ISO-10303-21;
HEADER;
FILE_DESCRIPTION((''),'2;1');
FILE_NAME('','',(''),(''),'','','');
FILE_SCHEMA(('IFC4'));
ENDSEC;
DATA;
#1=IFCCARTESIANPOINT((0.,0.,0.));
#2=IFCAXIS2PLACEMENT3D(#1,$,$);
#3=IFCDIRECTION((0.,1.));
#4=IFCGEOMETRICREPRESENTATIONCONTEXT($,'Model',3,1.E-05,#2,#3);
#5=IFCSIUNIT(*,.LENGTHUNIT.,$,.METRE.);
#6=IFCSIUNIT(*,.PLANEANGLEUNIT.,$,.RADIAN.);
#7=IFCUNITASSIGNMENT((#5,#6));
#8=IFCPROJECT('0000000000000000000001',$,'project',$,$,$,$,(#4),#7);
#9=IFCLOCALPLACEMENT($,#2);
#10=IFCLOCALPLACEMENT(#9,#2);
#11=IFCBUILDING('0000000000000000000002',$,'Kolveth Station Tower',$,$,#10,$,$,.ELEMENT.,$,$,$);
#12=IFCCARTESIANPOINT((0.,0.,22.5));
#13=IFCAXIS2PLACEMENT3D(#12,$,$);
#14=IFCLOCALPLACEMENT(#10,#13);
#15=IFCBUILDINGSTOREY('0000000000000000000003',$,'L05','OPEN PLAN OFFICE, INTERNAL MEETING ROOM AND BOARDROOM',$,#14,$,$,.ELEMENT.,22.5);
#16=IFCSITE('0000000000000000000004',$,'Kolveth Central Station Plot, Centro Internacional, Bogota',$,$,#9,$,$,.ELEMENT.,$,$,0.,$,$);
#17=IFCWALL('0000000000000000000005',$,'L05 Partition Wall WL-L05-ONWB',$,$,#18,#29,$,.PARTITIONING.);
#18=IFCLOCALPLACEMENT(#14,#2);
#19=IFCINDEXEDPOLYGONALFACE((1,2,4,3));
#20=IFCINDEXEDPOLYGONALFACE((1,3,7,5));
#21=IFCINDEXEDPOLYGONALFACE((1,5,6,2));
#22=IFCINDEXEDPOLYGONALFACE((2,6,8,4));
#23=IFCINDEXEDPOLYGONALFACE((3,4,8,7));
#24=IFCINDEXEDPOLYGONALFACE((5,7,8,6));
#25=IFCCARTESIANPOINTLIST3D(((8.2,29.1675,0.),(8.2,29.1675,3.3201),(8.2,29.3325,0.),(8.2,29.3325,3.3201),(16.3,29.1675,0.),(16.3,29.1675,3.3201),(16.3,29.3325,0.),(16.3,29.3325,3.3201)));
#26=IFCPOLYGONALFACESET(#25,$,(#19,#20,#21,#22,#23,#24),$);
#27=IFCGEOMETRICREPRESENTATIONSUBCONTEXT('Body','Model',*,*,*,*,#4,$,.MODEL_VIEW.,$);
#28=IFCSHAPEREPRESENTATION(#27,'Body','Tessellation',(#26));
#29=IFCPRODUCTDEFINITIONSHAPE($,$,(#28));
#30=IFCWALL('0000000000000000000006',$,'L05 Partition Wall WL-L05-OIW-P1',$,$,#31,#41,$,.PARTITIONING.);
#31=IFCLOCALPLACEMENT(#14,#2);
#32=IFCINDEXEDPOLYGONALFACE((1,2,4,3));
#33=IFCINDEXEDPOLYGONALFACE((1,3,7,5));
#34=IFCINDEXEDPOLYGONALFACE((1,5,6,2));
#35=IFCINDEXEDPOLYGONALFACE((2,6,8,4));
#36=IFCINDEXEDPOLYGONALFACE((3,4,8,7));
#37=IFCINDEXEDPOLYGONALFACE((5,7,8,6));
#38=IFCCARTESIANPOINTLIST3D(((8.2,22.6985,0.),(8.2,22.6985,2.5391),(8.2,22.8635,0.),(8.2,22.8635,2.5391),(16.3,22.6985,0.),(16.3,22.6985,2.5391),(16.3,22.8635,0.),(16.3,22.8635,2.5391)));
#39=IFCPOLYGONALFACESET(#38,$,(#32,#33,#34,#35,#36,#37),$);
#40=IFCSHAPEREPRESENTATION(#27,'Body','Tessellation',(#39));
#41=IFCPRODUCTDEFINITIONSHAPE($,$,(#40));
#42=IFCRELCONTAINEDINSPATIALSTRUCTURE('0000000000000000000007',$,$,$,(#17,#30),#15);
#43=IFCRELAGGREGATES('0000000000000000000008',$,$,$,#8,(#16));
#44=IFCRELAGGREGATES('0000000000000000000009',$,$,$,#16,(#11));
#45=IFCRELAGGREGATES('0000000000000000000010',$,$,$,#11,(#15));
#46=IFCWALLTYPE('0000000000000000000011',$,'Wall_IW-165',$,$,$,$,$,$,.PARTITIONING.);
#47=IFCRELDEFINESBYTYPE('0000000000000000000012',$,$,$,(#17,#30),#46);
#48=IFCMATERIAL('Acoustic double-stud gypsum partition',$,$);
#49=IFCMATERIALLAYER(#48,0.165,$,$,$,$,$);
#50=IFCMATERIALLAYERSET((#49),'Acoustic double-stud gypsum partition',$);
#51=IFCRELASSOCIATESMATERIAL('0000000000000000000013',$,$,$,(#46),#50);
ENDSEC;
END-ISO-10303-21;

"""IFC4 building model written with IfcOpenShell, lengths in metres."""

from ifc_helpers import new_model, si_unit, direction, frame, frame_2d, origin, place, context, subcontext, project, spatial, rectangle, extrude, material, layer, layer_set, type_object, element, save


model = new_model("IFC4")

# Units and contexts
model_context = context("Model", 3, precision=1e-05, world=origin(), true_north=direction((0.0, 1.0)))
body_context = subcontext(model_context, "Body", "Model", "MODEL_VIEW")
ifc_project = project(units=[si_unit("LENGTHUNIT", "METRE"), si_unit("PLANEANGLEUNIT", "RADIAN")], contexts=[model_context])

# Site, building, storey
site_placement = place(None, origin())
site = spatial("IfcSite", under=ifc_project, at=site_placement, Name="Kolveth Central Station Plot, Centro Internacional, Bogota", CompositionType="ELEMENT", RefElevation=0.0)
building_placement = place(site_placement, origin())
building = spatial("IfcBuilding", under=site, at=building_placement, Name="Kolveth Station Tower", CompositionType="ELEMENT")
storey_placement = place(building_placement, frame((0.0, 0.0, 22.5)))
storey = spatial("IfcBuildingStorey", under=building, at=storey_placement, Name="L05", Description="OPEN PLAN OFFICE, INTERNAL MEETING ROOM AND BOARDROOM", CompositionType="ELEMENT", Elevation=22.5)

# Shared definitions
ifc_material_1 = material(Name="Acoustic double-stud gypsum partition")
ifc_layer_1 = layer(ifc_material_1, 0.165)
ifc_layer_set_1 = layer_set([ifc_layer_1], Name="Acoustic double-stud gypsum partition")
wall_type = type_object("IfcWallType", Name="Wall_IW-165", PredefinedType="PARTITIONING", material=ifc_layer_set_1)

# Walls
wall_1_placement = place(storey_placement, frame((8.2, 29.25, 0.0), z_axis=(0.0, 0.0, 1.0), x_axis=(1.0, 0.0, 0.0)))
element("IfcWall", 1, at=wall_1_placement, inside=storey, type_object=wall_type, Name="L05 Partition Wall WL-L05-ONWB", PredefinedType="PARTITIONING", context=body_context, shape_type="SweptSolid", body=[
    extrude(rectangle(XDim=8.1001, YDim=0.165, at=frame_2d((4.05, 0.0))), origin(), (0.0, 0.0, 1.0), 3.3201),
])
wall_2_placement = place(storey_placement, frame((8.2, 22.781, 0.0), z_axis=(0.0, 0.0, 1.0), x_axis=(1.0, 0.0, 0.0)))
element("IfcWall", 2, at=wall_2_placement, inside=storey, type_object=wall_type, Name="L05 Partition Wall WL-L05-OIW-P1", PredefinedType="PARTITIONING", context=body_context, shape_type="SweptSolid", body=[
    extrude(rectangle(XDim=8.1001, YDim=0.165, at=frame_2d((4.05, 0.0))), origin(), (0.0, 0.0, 1.0), 2.5391),
])

save(model, "model.ifc")
